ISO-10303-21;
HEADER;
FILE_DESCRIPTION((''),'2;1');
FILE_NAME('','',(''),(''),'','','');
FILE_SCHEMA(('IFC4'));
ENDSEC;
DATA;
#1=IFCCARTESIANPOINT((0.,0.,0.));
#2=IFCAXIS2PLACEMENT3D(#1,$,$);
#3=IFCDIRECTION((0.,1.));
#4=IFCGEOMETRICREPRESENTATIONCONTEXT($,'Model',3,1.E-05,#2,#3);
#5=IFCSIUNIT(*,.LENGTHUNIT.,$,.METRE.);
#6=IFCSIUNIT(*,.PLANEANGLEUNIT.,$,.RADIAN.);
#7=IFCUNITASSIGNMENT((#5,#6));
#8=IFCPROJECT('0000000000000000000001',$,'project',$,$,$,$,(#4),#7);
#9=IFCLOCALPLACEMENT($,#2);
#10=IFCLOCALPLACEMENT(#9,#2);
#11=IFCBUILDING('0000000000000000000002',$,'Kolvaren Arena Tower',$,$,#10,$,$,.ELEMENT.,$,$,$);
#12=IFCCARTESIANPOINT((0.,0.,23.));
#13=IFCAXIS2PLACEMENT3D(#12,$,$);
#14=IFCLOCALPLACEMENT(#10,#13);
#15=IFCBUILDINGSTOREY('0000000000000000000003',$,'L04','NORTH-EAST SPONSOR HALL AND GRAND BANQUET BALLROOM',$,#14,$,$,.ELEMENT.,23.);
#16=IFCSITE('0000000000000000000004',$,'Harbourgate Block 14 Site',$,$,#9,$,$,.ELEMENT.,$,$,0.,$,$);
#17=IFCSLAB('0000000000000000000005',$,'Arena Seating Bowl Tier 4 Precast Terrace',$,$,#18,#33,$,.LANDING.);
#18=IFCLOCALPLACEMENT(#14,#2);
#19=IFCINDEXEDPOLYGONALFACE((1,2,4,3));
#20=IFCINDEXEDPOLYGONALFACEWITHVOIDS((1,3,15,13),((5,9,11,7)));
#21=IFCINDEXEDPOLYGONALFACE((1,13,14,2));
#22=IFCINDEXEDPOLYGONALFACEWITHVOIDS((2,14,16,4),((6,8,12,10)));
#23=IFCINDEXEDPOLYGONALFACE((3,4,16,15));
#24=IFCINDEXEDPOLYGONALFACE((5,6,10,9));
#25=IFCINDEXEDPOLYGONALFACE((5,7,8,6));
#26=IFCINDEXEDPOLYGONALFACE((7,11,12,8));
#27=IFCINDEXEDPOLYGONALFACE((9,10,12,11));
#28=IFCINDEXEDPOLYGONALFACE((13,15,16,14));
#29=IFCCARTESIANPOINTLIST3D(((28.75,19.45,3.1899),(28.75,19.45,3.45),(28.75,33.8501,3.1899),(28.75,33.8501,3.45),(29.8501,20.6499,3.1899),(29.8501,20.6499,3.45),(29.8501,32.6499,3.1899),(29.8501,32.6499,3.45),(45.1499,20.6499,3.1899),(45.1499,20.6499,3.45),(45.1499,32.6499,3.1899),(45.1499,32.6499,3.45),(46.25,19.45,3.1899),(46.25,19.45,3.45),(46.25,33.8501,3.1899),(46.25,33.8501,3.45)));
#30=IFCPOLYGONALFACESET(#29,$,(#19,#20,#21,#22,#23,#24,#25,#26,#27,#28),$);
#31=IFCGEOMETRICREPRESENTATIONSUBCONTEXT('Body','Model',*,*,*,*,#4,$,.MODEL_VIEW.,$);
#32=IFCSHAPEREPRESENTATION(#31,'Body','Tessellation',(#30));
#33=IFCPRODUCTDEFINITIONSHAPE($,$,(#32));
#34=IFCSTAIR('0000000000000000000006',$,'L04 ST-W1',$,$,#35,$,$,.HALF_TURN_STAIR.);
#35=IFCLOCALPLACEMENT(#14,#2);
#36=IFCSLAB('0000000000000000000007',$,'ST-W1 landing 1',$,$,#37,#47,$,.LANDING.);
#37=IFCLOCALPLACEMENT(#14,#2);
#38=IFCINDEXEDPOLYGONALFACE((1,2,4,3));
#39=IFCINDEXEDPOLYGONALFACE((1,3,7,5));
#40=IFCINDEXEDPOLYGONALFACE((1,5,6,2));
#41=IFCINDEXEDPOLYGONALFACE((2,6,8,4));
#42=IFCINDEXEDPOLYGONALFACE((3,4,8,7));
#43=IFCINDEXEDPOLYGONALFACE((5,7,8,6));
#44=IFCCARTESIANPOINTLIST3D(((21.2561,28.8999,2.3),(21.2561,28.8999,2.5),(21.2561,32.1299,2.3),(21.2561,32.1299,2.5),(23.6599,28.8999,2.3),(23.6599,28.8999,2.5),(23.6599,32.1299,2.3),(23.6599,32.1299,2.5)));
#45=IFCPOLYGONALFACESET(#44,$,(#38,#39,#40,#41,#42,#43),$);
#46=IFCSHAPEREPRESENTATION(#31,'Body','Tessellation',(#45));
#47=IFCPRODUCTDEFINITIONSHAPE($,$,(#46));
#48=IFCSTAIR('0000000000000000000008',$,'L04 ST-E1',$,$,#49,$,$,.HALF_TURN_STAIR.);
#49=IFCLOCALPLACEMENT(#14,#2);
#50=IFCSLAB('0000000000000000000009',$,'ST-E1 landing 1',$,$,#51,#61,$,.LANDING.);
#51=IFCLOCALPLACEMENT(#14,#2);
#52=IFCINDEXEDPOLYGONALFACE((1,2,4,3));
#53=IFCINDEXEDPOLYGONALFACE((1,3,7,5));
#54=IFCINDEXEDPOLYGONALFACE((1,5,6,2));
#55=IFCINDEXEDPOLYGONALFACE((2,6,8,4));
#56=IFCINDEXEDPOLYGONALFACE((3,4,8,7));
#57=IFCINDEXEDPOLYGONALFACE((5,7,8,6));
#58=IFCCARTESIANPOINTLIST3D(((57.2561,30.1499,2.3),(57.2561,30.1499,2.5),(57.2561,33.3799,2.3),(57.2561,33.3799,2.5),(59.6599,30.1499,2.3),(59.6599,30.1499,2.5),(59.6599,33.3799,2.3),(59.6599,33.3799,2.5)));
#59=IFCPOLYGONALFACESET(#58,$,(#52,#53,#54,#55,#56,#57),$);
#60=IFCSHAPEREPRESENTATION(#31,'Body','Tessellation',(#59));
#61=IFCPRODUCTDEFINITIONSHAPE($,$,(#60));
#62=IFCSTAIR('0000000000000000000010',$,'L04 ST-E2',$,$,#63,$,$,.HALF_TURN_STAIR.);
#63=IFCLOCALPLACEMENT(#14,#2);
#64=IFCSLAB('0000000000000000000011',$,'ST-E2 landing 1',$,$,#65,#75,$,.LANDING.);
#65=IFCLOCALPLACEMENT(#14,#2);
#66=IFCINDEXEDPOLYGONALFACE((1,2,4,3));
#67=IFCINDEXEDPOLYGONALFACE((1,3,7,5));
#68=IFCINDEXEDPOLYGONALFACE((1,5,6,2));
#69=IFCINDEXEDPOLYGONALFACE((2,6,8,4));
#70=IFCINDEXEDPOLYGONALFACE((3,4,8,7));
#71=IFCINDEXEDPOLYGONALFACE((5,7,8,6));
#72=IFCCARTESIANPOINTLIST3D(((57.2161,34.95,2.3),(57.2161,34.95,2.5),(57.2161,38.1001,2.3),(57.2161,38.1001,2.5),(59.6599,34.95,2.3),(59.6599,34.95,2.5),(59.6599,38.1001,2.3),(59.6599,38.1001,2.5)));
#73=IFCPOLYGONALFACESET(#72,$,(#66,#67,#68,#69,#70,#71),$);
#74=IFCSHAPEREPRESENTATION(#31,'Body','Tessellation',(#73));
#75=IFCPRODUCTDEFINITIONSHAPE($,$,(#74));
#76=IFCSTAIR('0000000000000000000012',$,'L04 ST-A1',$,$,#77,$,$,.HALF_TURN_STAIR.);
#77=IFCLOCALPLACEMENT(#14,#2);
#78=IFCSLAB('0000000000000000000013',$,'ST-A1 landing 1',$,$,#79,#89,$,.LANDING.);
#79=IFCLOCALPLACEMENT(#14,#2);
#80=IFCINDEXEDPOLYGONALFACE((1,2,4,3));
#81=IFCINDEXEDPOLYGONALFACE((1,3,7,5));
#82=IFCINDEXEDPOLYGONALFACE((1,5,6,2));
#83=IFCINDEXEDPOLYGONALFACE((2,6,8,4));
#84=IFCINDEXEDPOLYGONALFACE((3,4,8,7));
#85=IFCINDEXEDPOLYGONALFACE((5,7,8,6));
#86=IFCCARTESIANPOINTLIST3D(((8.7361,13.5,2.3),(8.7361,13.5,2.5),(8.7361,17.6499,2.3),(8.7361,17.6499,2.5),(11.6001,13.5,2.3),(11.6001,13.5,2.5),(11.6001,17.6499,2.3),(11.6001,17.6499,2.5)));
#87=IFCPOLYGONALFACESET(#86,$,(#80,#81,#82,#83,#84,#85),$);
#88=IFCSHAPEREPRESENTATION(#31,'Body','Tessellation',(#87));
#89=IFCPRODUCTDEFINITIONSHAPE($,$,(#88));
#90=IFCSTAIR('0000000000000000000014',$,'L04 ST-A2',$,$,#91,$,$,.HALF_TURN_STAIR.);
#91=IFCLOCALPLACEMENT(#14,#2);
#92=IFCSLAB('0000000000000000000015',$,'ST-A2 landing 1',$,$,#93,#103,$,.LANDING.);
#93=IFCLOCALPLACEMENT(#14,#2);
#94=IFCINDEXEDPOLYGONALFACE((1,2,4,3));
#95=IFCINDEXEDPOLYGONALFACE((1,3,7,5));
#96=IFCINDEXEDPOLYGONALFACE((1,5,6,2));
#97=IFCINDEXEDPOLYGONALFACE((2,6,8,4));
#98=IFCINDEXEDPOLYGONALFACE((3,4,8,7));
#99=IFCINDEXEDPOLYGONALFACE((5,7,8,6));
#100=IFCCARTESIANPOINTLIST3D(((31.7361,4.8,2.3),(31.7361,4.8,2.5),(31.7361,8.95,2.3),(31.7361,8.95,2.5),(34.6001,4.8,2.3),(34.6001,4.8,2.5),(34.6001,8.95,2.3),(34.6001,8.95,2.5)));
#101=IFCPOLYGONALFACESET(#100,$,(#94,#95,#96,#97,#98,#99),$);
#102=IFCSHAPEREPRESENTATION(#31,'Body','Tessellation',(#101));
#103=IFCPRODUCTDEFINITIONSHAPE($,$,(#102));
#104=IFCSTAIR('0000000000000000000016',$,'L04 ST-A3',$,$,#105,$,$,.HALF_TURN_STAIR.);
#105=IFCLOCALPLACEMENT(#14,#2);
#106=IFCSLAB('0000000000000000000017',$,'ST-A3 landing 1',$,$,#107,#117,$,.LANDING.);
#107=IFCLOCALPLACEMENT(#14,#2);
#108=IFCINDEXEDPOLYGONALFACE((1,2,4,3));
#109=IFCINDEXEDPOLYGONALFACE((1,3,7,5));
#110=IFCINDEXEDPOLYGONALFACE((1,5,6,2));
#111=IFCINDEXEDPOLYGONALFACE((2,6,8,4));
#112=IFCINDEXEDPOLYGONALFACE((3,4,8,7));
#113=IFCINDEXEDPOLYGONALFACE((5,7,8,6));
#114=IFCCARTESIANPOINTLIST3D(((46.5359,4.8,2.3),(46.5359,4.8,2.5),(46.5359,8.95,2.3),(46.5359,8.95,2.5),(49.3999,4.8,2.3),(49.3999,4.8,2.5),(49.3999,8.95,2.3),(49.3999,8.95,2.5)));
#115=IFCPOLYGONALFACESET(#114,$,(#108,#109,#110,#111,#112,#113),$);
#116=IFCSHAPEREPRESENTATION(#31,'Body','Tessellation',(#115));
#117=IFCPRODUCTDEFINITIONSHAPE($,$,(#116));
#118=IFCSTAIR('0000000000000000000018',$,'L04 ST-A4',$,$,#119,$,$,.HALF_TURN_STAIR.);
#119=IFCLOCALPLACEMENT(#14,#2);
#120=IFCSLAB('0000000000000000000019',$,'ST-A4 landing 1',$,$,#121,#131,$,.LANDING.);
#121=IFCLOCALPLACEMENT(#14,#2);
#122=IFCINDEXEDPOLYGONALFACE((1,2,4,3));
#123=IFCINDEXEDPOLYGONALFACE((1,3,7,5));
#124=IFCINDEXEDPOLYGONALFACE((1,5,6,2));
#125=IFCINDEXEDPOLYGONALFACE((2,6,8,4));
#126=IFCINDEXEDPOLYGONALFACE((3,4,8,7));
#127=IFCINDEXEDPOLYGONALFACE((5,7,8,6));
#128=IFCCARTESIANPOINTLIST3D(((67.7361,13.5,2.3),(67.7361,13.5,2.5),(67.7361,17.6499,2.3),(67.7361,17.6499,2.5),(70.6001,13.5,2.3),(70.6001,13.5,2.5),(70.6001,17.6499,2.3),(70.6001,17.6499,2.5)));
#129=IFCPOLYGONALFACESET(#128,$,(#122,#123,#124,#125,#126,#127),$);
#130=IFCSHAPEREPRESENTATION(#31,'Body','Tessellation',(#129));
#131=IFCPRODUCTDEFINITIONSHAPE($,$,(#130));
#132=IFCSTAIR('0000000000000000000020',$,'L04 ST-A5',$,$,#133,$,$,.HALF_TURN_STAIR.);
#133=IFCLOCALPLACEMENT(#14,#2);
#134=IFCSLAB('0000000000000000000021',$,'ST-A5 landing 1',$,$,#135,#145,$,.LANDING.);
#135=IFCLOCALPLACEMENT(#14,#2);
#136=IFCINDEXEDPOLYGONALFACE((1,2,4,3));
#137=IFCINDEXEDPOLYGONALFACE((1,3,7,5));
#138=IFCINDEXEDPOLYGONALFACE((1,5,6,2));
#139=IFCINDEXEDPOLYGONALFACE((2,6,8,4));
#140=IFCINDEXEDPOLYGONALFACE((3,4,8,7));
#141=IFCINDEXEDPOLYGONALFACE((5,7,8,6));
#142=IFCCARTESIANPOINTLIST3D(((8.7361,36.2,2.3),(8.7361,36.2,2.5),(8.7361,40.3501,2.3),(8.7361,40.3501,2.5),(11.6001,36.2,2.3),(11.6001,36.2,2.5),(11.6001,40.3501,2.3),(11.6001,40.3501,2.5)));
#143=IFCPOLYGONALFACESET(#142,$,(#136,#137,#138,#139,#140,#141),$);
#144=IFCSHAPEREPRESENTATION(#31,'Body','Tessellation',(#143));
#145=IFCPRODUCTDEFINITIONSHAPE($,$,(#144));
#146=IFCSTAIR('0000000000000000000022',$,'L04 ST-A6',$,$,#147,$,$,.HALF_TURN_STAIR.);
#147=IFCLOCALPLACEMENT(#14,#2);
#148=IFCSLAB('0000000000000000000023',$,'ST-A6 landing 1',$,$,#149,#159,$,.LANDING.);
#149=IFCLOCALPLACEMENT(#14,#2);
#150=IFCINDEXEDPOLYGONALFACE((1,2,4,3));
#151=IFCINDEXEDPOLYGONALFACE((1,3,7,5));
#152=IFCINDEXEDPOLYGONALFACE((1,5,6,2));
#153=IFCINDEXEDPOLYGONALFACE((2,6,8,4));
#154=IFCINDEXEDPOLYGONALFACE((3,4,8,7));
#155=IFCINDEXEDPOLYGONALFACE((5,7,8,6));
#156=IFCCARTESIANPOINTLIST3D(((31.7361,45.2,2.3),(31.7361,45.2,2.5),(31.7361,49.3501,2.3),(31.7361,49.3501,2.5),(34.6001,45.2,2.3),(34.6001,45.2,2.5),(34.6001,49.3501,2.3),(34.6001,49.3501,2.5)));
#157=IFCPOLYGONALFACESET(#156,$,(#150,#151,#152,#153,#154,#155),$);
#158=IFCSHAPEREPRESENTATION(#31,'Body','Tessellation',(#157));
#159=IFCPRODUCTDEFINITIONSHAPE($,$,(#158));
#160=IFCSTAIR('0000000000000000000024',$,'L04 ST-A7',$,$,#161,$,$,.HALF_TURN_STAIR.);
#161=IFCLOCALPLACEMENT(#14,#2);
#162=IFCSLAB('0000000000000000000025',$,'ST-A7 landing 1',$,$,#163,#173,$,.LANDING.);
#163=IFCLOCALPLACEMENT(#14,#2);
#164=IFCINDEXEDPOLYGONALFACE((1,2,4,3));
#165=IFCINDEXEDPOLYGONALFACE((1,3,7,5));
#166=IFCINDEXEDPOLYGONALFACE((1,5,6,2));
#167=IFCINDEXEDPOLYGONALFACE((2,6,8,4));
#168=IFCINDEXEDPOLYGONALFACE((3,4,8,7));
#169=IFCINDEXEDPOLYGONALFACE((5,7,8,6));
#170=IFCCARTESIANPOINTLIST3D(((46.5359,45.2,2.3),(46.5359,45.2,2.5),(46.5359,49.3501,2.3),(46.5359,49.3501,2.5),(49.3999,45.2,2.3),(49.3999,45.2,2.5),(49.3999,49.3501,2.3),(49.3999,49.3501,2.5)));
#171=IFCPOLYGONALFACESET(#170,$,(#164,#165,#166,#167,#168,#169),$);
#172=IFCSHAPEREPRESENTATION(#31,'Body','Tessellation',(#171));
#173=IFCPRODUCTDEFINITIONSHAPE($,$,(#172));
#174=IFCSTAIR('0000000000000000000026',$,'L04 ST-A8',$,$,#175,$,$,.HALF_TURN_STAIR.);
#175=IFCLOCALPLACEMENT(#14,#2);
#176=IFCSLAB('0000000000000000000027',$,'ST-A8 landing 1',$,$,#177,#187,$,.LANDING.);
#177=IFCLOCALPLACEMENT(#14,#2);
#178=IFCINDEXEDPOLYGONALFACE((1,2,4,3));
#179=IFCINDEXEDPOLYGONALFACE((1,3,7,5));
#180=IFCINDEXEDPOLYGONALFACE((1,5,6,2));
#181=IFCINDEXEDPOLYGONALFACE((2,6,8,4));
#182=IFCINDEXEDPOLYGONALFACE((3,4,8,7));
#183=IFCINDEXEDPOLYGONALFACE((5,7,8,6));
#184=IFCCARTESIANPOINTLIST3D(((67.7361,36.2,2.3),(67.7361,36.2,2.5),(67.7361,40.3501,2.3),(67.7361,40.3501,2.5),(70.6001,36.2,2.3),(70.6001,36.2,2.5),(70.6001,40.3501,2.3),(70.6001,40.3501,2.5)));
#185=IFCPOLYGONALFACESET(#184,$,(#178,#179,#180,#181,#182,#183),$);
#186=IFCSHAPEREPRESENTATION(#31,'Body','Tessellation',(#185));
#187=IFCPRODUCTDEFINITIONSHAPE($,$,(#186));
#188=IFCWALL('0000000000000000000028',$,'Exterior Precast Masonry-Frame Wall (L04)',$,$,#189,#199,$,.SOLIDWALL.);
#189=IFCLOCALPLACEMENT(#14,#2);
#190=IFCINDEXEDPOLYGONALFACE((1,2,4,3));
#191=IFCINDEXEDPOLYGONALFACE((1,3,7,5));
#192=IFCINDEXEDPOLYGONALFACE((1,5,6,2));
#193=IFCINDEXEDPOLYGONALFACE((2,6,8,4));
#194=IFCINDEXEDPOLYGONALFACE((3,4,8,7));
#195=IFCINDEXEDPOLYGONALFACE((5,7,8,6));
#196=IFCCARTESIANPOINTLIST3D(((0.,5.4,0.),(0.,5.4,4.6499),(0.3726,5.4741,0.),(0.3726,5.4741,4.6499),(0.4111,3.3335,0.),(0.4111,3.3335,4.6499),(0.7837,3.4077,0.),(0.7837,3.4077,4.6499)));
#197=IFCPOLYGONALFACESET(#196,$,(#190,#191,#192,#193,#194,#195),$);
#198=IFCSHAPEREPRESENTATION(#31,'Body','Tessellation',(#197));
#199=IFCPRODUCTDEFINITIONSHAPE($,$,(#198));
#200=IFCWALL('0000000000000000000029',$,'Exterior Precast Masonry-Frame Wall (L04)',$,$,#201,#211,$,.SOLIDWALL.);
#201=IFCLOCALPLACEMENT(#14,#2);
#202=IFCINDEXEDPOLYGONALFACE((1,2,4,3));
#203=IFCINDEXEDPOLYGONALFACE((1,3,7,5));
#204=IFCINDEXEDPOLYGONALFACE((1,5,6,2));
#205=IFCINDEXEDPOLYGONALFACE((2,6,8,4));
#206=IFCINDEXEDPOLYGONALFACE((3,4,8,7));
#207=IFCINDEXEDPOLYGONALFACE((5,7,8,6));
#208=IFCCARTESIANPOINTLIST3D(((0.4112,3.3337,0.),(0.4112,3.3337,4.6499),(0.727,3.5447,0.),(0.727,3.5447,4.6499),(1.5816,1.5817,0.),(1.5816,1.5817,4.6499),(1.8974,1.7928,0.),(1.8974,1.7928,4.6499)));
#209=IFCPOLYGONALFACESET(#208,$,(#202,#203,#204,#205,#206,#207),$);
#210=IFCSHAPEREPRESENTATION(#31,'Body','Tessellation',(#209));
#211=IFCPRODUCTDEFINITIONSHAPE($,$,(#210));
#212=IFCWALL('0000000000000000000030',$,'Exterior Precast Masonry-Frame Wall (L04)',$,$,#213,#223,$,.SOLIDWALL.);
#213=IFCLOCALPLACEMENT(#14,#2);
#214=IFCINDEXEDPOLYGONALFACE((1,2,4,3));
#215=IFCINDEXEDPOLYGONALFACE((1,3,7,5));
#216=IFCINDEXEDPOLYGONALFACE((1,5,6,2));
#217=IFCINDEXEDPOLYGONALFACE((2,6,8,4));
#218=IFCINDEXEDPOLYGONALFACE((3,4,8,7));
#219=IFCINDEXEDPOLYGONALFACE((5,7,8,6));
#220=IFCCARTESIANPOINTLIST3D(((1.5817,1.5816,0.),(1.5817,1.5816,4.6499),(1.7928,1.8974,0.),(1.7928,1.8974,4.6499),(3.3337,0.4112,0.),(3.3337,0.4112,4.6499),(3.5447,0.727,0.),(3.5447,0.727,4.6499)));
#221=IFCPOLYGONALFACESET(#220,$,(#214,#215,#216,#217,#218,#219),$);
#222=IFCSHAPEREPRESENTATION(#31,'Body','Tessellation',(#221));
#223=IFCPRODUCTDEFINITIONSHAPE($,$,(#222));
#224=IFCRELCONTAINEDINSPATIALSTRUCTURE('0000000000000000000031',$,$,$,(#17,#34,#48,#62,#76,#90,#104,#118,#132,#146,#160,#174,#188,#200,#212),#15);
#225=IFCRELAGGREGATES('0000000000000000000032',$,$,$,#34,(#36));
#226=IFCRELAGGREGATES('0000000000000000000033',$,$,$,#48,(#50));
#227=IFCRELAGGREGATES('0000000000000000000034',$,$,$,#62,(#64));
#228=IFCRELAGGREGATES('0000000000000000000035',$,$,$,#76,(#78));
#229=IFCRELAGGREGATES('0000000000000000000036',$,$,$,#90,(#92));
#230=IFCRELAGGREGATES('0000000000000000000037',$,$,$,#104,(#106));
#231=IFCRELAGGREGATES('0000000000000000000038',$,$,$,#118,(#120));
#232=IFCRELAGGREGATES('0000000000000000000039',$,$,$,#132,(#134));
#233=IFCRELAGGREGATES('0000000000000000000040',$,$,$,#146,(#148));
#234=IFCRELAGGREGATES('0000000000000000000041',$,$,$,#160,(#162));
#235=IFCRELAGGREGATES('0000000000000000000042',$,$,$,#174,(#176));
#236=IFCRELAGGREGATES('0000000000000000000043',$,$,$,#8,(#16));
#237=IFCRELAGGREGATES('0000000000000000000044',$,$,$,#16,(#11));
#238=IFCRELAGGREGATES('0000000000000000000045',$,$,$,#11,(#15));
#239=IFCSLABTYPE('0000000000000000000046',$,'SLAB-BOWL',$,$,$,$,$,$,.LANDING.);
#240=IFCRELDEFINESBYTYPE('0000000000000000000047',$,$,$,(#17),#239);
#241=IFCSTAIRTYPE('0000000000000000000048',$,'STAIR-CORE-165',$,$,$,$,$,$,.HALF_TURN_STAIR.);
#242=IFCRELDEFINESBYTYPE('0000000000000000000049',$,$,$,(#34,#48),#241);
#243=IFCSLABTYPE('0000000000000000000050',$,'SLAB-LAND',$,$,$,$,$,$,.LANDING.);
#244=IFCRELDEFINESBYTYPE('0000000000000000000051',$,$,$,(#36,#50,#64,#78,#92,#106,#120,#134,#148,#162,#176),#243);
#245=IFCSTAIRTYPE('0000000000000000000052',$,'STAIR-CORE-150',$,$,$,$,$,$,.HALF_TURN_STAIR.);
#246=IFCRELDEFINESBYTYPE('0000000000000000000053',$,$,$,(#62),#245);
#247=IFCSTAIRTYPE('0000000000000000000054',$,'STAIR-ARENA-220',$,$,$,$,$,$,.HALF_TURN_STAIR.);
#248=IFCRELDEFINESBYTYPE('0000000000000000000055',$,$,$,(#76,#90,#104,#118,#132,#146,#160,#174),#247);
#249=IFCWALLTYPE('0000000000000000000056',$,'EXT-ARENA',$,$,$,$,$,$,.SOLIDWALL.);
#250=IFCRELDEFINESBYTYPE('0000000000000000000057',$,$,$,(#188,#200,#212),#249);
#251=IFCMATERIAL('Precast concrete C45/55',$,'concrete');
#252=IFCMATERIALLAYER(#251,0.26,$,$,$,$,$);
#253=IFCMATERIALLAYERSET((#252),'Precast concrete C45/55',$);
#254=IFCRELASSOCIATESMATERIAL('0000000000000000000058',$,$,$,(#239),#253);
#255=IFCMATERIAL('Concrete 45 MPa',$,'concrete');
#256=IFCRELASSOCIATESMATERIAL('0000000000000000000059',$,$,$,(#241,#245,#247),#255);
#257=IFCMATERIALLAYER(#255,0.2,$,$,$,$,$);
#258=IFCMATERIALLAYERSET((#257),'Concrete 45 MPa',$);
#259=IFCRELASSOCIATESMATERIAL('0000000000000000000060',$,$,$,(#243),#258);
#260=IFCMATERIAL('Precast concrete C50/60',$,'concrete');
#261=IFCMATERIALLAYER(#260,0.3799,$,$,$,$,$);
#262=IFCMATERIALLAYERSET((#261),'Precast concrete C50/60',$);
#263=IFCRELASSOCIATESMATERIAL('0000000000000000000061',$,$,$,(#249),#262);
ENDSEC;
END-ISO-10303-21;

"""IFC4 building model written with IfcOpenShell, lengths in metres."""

from ifc_helpers import new_model, si_unit, direction, frame, frame_2d, origin, place, context, subcontext, project, spatial, polyline, rectangle, outline, extrude, material, layer, layer_set, type_object, element, aggregate, save


model = new_model("IFC4")

# Units and contexts
model_context = context("Model", 3, precision=1e-05, world=origin(), true_north=direction((0.0, 1.0)))
body_context = subcontext(model_context, "Body", "Model", "MODEL_VIEW")
ifc_project = project(units=[si_unit("LENGTHUNIT", "METRE"), si_unit("PLANEANGLEUNIT", "RADIAN")], contexts=[model_context])

# Site, building, storey
site_placement = place(None, origin())
site = spatial("IfcSite", under=ifc_project, at=site_placement, Name="Harbourgate Block 14 Site", CompositionType="ELEMENT", RefElevation=0.0)
building_placement = place(site_placement, origin())
building = spatial("IfcBuilding", under=site, at=building_placement, Name="Kolvaren Arena Tower", CompositionType="ELEMENT")
storey_placement = place(building_placement, frame((0.0, 0.0, 23.0)))
storey = spatial("IfcBuildingStorey", under=building, at=storey_placement, Name="L04", Description="NORTH-EAST SPONSOR HALL AND GRAND BANQUET BALLROOM", CompositionType="ELEMENT", Elevation=23.0)

# Slab
ifc_material_1 = material(Name="Precast concrete C45/55", Category="concrete")
ifc_layer_1 = layer(ifc_material_1, 0.26)
ifc_layer_set_1 = layer_set([ifc_layer_1], Name="Precast concrete C45/55")
slab_type_1 = type_object("IfcSlabType", Name="SLAB-BOWL", PredefinedType="LANDING", material=ifc_layer_set_1)
slab_1_placement = place(storey_placement, frame((0.0, 0.0, 3.1899)))
element("IfcSlab", 1, at=slab_1_placement, inside=storey, type_object=slab_type_1, Name="Arena Seating Bowl Tier 4 Precast Terrace", PredefinedType="LANDING", context=body_context, shape_type="SweptSolid", body=[
    extrude(outline(polyline([(28.75, 19.45), (46.25, 19.45), (46.25, 33.8501), (28.75, 33.8501), (28.75, 19.45)]), holes=[polyline([(29.8501, 20.6499), (45.1499, 20.6499), (45.1499, 32.6499), (29.8501, 32.6499), (29.8501, 20.6499)])]), origin(), (0.0, 0.0, 1.0), 0.26),
])

# Stairs, slabs
ifc_material_2 = material(Name="Concrete 45 MPa", Category="concrete")
stair_type_1 = type_object("IfcStairType", Name="STAIR-CORE-165", PredefinedType="HALF_TURN_STAIR", material=ifc_material_2)
stair_1_placement = place(storey_placement, origin())
stair_1 = element("IfcStair", 2, at=stair_1_placement, inside=storey, type_object=stair_type_1, Name="L04 ST-W1", PredefinedType="HALF_TURN_STAIR")
ifc_layer_2 = layer(ifc_material_2, 0.2)
ifc_layer_set_2 = layer_set([ifc_layer_2], Name="Concrete 45 MPa")
slab_type_2 = type_object("IfcSlabType", Name="SLAB-LAND", PredefinedType="LANDING", material=ifc_layer_set_2)
slab_2_placement = place(storey_placement, frame((0.0, 0.0, 2.3)))
slab_2 = element("IfcSlab", 3, at=slab_2_placement, type_object=slab_type_2, Name="ST-W1 landing 1", PredefinedType="LANDING", context=body_context, shape_type="SweptSolid", body=[
    extrude(outline(polyline([(21.2561, 28.8999), (23.6599, 28.8999), (23.6599, 32.1299), (21.2561, 32.1299), (21.2561, 28.8999)])), origin(), (0.0, 0.0, 1.0), 0.2),
])
aggregate(stair_1, [slab_2])
stair_2_placement = place(storey_placement, origin())
stair_2 = element("IfcStair", 4, at=stair_2_placement, inside=storey, type_object=stair_type_1, Name="L04 ST-E1", PredefinedType="HALF_TURN_STAIR")
slab_3_placement = place(storey_placement, frame((0.0, 0.0, 2.3)))
slab_3 = element("IfcSlab", 5, at=slab_3_placement, type_object=slab_type_2, Name="ST-E1 landing 1", PredefinedType="LANDING", context=body_context, shape_type="SweptSolid", body=[
    extrude(outline(polyline([(57.2561, 30.1499), (59.6599, 30.1499), (59.6599, 33.3799), (57.2561, 33.3799), (57.2561, 30.1499)])), origin(), (0.0, 0.0, 1.0), 0.2),
])
aggregate(stair_2, [slab_3])
stair_type_2 = type_object("IfcStairType", Name="STAIR-CORE-150", PredefinedType="HALF_TURN_STAIR", material=ifc_material_2)
stair_3_placement = place(storey_placement, origin())
stair_3 = element("IfcStair", 6, at=stair_3_placement, inside=storey, type_object=stair_type_2, Name="L04 ST-E2", PredefinedType="HALF_TURN_STAIR")
slab_4_placement = place(storey_placement, frame((0.0, 0.0, 2.3)))
slab_4 = element("IfcSlab", 7, at=slab_4_placement, type_object=slab_type_2, Name="ST-E2 landing 1", PredefinedType="LANDING", context=body_context, shape_type="SweptSolid", body=[
    extrude(outline(polyline([(57.2161, 34.95), (59.6599, 34.95), (59.6599, 38.1001), (57.2161, 38.1001), (57.2161, 34.95)])), origin(), (0.0, 0.0, 1.0), 0.2),
])
aggregate(stair_3, [slab_4])
stair_type_3 = type_object("IfcStairType", Name="STAIR-ARENA-220", PredefinedType="HALF_TURN_STAIR", material=ifc_material_2)
stair_4_placement = place(storey_placement, origin())
stair_4 = element("IfcStair", 8, at=stair_4_placement, inside=storey, type_object=stair_type_3, Name="L04 ST-A1", PredefinedType="HALF_TURN_STAIR")
slab_5_placement = place(storey_placement, frame((0.0, 0.0, 2.3)))
slab_5 = element("IfcSlab", 9, at=slab_5_placement, type_object=slab_type_2, Name="ST-A1 landing 1", PredefinedType="LANDING", context=body_context, shape_type="SweptSolid", body=[
    extrude(outline(polyline([(8.7361, 13.5), (11.6001, 13.5), (11.6001, 17.6499), (8.7361, 17.6499), (8.7361, 13.5)])), origin(), (0.0, 0.0, 1.0), 0.2),
])
aggregate(stair_4, [slab_5])
stair_5_placement = place(storey_placement, origin())
stair_5 = element("IfcStair", 10, at=stair_5_placement, inside=storey, type_object=stair_type_3, Name="L04 ST-A2", PredefinedType="HALF_TURN_STAIR")
slab_6_placement = place(storey_placement, frame((0.0, 0.0, 2.3)))
slab_6 = element("IfcSlab", 11, at=slab_6_placement, type_object=slab_type_2, Name="ST-A2 landing 1", PredefinedType="LANDING", context=body_context, shape_type="SweptSolid", body=[
    extrude(outline(polyline([(31.7361, 4.8), (34.6001, 4.8), (34.6001, 8.95), (31.7361, 8.95), (31.7361, 4.8)])), origin(), (0.0, 0.0, 1.0), 0.2),
])
aggregate(stair_5, [slab_6])
stair_6_placement = place(storey_placement, origin())
stair_6 = element("IfcStair", 12, at=stair_6_placement, inside=storey, type_object=stair_type_3, Name="L04 ST-A3", PredefinedType="HALF_TURN_STAIR")
slab_7_placement = place(storey_placement, frame((0.0, 0.0, 2.3)))
slab_7 = element("IfcSlab", 13, at=slab_7_placement, type_object=slab_type_2, Name="ST-A3 landing 1", PredefinedType="LANDING", context=body_context, shape_type="SweptSolid", body=[
    extrude(outline(polyline([(46.5359, 4.8), (49.3999, 4.8), (49.3999, 8.95), (46.5359, 8.95), (46.5359, 4.8)])), origin(), (0.0, 0.0, 1.0), 0.2),
])
aggregate(stair_6, [slab_7])
stair_7_placement = place(storey_placement, origin())
stair_7 = element("IfcStair", 14, at=stair_7_placement, inside=storey, type_object=stair_type_3, Name="L04 ST-A4", PredefinedType="HALF_TURN_STAIR")
slab_8_placement = place(storey_placement, frame((0.0, 0.0, 2.3)))
slab_8 = element("IfcSlab", 15, at=slab_8_placement, type_object=slab_type_2, Name="ST-A4 landing 1", PredefinedType="LANDING", context=body_context, shape_type="SweptSolid", body=[
    extrude(outline(polyline([(67.7361, 13.5), (70.6001, 13.5), (70.6001, 17.6499), (67.7361, 17.6499), (67.7361, 13.5)])), origin(), (0.0, 0.0, 1.0), 0.2),
])
aggregate(stair_7, [slab_8])
stair_8_placement = place(storey_placement, origin())
stair_8 = element("IfcStair", 16, at=stair_8_placement, inside=storey, type_object=stair_type_3, Name="L04 ST-A5", PredefinedType="HALF_TURN_STAIR")
slab_9_placement = place(storey_placement, frame((0.0, 0.0, 2.3)))
slab_9 = element("IfcSlab", 17, at=slab_9_placement, type_object=slab_type_2, Name="ST-A5 landing 1", PredefinedType="LANDING", context=body_context, shape_type="SweptSolid", body=[
    extrude(outline(polyline([(8.7361, 36.2), (11.6001, 36.2), (11.6001, 40.3501), (8.7361, 40.3501), (8.7361, 36.2)])), origin(), (0.0, 0.0, 1.0), 0.2),
])
aggregate(stair_8, [slab_9])
stair_9_placement = place(storey_placement, origin())
stair_9 = element("IfcStair", 18, at=stair_9_placement, inside=storey, type_object=stair_type_3, Name="L04 ST-A6", PredefinedType="HALF_TURN_STAIR")
slab_10_placement = place(storey_placement, frame((0.0, 0.0, 2.3)))
slab_10 = element("IfcSlab", 19, at=slab_10_placement, type_object=slab_type_2, Name="ST-A6 landing 1", PredefinedType="LANDING", context=body_context, shape_type="SweptSolid", body=[
    extrude(outline(polyline([(31.7361, 45.2), (34.6001, 45.2), (34.6001, 49.3501), (31.7361, 49.3501), (31.7361, 45.2)])), origin(), (0.0, 0.0, 1.0), 0.2),
])
aggregate(stair_9, [slab_10])
stair_10_placement = place(storey_placement, origin())
stair_10 = element("IfcStair", 20, at=stair_10_placement, inside=storey, type_object=stair_type_3, Name="L04 ST-A7", PredefinedType="HALF_TURN_STAIR")
slab_11_placement = place(storey_placement, frame((0.0, 0.0, 2.3)))
slab_11 = element("IfcSlab", 21, at=slab_11_placement, type_object=slab_type_2, Name="ST-A7 landing 1", PredefinedType="LANDING", context=body_context, shape_type="SweptSolid", body=[
    extrude(outline(polyline([(46.5359, 45.2), (49.3999, 45.2), (49.3999, 49.3501), (46.5359, 49.3501), (46.5359, 45.2)])), origin(), (0.0, 0.0, 1.0), 0.2),
])
aggregate(stair_10, [slab_11])
stair_11_placement = place(storey_placement, origin())
stair_11 = element("IfcStair", 22, at=stair_11_placement, inside=storey, type_object=stair_type_3, Name="L04 ST-A8", PredefinedType="HALF_TURN_STAIR")
slab_12_placement = place(storey_placement, frame((0.0, 0.0, 2.3)))
slab_12 = element("IfcSlab", 23, at=slab_12_placement, type_object=slab_type_2, Name="ST-A8 landing 1", PredefinedType="LANDING", context=body_context, shape_type="SweptSolid", body=[
    extrude(outline(polyline([(67.7361, 36.2), (70.6001, 36.2), (70.6001, 40.3501), (67.7361, 40.3501), (67.7361, 36.2)])), origin(), (0.0, 0.0, 1.0), 0.2),
])
aggregate(stair_11, [slab_12])

# Walls
ifc_material_3 = material(Name="Precast concrete C50/60", Category="concrete")
ifc_layer_3 = layer(ifc_material_3, 0.3799)
ifc_layer_set_3 = layer_set([ifc_layer_3], Name="Precast concrete C50/60")
wall_type_1 = type_object("IfcWallType", Name="EXT-ARENA", PredefinedType="SOLIDWALL", material=ifc_layer_set_3)
for number, where, z_axis, x_axis, name in (
    (24, (0.5974, 3.3706, 0.0), (0.0, 0.0, 1.0), (-0.195136, 0.980776, 0.0), "Exterior Precast Masonry-Frame Wall (L04)"),
    (25, (1.7395, 1.6873, 0.0), (0.0, 0.0, 1.0), (-0.555502, 0.831515, 0.0), "Exterior Precast Masonry-Frame Wall (L04)"),
    (26, (3.4392, 0.5691, 0.0), (0.0, 0.0, 1.0), (-0.831515, 0.555502, 0.0), "Exterior Precast Masonry-Frame Wall (L04)"),
):
    element("IfcWall", number, at=place(storey_placement, frame(where, z_axis=z_axis, x_axis=x_axis)), inside=storey, type_object=wall_type_1, Name=name, PredefinedType="SOLIDWALL", context=body_context, shape_type="SweptSolid", body=[
        extrude(rectangle(XDim=2.1069, YDim=0.3799, at=frame_2d((1.0535, 0.0))), origin(), (0.0, 0.0, 1.0), 4.6499),
    ])

save(model, "model.ifc")
